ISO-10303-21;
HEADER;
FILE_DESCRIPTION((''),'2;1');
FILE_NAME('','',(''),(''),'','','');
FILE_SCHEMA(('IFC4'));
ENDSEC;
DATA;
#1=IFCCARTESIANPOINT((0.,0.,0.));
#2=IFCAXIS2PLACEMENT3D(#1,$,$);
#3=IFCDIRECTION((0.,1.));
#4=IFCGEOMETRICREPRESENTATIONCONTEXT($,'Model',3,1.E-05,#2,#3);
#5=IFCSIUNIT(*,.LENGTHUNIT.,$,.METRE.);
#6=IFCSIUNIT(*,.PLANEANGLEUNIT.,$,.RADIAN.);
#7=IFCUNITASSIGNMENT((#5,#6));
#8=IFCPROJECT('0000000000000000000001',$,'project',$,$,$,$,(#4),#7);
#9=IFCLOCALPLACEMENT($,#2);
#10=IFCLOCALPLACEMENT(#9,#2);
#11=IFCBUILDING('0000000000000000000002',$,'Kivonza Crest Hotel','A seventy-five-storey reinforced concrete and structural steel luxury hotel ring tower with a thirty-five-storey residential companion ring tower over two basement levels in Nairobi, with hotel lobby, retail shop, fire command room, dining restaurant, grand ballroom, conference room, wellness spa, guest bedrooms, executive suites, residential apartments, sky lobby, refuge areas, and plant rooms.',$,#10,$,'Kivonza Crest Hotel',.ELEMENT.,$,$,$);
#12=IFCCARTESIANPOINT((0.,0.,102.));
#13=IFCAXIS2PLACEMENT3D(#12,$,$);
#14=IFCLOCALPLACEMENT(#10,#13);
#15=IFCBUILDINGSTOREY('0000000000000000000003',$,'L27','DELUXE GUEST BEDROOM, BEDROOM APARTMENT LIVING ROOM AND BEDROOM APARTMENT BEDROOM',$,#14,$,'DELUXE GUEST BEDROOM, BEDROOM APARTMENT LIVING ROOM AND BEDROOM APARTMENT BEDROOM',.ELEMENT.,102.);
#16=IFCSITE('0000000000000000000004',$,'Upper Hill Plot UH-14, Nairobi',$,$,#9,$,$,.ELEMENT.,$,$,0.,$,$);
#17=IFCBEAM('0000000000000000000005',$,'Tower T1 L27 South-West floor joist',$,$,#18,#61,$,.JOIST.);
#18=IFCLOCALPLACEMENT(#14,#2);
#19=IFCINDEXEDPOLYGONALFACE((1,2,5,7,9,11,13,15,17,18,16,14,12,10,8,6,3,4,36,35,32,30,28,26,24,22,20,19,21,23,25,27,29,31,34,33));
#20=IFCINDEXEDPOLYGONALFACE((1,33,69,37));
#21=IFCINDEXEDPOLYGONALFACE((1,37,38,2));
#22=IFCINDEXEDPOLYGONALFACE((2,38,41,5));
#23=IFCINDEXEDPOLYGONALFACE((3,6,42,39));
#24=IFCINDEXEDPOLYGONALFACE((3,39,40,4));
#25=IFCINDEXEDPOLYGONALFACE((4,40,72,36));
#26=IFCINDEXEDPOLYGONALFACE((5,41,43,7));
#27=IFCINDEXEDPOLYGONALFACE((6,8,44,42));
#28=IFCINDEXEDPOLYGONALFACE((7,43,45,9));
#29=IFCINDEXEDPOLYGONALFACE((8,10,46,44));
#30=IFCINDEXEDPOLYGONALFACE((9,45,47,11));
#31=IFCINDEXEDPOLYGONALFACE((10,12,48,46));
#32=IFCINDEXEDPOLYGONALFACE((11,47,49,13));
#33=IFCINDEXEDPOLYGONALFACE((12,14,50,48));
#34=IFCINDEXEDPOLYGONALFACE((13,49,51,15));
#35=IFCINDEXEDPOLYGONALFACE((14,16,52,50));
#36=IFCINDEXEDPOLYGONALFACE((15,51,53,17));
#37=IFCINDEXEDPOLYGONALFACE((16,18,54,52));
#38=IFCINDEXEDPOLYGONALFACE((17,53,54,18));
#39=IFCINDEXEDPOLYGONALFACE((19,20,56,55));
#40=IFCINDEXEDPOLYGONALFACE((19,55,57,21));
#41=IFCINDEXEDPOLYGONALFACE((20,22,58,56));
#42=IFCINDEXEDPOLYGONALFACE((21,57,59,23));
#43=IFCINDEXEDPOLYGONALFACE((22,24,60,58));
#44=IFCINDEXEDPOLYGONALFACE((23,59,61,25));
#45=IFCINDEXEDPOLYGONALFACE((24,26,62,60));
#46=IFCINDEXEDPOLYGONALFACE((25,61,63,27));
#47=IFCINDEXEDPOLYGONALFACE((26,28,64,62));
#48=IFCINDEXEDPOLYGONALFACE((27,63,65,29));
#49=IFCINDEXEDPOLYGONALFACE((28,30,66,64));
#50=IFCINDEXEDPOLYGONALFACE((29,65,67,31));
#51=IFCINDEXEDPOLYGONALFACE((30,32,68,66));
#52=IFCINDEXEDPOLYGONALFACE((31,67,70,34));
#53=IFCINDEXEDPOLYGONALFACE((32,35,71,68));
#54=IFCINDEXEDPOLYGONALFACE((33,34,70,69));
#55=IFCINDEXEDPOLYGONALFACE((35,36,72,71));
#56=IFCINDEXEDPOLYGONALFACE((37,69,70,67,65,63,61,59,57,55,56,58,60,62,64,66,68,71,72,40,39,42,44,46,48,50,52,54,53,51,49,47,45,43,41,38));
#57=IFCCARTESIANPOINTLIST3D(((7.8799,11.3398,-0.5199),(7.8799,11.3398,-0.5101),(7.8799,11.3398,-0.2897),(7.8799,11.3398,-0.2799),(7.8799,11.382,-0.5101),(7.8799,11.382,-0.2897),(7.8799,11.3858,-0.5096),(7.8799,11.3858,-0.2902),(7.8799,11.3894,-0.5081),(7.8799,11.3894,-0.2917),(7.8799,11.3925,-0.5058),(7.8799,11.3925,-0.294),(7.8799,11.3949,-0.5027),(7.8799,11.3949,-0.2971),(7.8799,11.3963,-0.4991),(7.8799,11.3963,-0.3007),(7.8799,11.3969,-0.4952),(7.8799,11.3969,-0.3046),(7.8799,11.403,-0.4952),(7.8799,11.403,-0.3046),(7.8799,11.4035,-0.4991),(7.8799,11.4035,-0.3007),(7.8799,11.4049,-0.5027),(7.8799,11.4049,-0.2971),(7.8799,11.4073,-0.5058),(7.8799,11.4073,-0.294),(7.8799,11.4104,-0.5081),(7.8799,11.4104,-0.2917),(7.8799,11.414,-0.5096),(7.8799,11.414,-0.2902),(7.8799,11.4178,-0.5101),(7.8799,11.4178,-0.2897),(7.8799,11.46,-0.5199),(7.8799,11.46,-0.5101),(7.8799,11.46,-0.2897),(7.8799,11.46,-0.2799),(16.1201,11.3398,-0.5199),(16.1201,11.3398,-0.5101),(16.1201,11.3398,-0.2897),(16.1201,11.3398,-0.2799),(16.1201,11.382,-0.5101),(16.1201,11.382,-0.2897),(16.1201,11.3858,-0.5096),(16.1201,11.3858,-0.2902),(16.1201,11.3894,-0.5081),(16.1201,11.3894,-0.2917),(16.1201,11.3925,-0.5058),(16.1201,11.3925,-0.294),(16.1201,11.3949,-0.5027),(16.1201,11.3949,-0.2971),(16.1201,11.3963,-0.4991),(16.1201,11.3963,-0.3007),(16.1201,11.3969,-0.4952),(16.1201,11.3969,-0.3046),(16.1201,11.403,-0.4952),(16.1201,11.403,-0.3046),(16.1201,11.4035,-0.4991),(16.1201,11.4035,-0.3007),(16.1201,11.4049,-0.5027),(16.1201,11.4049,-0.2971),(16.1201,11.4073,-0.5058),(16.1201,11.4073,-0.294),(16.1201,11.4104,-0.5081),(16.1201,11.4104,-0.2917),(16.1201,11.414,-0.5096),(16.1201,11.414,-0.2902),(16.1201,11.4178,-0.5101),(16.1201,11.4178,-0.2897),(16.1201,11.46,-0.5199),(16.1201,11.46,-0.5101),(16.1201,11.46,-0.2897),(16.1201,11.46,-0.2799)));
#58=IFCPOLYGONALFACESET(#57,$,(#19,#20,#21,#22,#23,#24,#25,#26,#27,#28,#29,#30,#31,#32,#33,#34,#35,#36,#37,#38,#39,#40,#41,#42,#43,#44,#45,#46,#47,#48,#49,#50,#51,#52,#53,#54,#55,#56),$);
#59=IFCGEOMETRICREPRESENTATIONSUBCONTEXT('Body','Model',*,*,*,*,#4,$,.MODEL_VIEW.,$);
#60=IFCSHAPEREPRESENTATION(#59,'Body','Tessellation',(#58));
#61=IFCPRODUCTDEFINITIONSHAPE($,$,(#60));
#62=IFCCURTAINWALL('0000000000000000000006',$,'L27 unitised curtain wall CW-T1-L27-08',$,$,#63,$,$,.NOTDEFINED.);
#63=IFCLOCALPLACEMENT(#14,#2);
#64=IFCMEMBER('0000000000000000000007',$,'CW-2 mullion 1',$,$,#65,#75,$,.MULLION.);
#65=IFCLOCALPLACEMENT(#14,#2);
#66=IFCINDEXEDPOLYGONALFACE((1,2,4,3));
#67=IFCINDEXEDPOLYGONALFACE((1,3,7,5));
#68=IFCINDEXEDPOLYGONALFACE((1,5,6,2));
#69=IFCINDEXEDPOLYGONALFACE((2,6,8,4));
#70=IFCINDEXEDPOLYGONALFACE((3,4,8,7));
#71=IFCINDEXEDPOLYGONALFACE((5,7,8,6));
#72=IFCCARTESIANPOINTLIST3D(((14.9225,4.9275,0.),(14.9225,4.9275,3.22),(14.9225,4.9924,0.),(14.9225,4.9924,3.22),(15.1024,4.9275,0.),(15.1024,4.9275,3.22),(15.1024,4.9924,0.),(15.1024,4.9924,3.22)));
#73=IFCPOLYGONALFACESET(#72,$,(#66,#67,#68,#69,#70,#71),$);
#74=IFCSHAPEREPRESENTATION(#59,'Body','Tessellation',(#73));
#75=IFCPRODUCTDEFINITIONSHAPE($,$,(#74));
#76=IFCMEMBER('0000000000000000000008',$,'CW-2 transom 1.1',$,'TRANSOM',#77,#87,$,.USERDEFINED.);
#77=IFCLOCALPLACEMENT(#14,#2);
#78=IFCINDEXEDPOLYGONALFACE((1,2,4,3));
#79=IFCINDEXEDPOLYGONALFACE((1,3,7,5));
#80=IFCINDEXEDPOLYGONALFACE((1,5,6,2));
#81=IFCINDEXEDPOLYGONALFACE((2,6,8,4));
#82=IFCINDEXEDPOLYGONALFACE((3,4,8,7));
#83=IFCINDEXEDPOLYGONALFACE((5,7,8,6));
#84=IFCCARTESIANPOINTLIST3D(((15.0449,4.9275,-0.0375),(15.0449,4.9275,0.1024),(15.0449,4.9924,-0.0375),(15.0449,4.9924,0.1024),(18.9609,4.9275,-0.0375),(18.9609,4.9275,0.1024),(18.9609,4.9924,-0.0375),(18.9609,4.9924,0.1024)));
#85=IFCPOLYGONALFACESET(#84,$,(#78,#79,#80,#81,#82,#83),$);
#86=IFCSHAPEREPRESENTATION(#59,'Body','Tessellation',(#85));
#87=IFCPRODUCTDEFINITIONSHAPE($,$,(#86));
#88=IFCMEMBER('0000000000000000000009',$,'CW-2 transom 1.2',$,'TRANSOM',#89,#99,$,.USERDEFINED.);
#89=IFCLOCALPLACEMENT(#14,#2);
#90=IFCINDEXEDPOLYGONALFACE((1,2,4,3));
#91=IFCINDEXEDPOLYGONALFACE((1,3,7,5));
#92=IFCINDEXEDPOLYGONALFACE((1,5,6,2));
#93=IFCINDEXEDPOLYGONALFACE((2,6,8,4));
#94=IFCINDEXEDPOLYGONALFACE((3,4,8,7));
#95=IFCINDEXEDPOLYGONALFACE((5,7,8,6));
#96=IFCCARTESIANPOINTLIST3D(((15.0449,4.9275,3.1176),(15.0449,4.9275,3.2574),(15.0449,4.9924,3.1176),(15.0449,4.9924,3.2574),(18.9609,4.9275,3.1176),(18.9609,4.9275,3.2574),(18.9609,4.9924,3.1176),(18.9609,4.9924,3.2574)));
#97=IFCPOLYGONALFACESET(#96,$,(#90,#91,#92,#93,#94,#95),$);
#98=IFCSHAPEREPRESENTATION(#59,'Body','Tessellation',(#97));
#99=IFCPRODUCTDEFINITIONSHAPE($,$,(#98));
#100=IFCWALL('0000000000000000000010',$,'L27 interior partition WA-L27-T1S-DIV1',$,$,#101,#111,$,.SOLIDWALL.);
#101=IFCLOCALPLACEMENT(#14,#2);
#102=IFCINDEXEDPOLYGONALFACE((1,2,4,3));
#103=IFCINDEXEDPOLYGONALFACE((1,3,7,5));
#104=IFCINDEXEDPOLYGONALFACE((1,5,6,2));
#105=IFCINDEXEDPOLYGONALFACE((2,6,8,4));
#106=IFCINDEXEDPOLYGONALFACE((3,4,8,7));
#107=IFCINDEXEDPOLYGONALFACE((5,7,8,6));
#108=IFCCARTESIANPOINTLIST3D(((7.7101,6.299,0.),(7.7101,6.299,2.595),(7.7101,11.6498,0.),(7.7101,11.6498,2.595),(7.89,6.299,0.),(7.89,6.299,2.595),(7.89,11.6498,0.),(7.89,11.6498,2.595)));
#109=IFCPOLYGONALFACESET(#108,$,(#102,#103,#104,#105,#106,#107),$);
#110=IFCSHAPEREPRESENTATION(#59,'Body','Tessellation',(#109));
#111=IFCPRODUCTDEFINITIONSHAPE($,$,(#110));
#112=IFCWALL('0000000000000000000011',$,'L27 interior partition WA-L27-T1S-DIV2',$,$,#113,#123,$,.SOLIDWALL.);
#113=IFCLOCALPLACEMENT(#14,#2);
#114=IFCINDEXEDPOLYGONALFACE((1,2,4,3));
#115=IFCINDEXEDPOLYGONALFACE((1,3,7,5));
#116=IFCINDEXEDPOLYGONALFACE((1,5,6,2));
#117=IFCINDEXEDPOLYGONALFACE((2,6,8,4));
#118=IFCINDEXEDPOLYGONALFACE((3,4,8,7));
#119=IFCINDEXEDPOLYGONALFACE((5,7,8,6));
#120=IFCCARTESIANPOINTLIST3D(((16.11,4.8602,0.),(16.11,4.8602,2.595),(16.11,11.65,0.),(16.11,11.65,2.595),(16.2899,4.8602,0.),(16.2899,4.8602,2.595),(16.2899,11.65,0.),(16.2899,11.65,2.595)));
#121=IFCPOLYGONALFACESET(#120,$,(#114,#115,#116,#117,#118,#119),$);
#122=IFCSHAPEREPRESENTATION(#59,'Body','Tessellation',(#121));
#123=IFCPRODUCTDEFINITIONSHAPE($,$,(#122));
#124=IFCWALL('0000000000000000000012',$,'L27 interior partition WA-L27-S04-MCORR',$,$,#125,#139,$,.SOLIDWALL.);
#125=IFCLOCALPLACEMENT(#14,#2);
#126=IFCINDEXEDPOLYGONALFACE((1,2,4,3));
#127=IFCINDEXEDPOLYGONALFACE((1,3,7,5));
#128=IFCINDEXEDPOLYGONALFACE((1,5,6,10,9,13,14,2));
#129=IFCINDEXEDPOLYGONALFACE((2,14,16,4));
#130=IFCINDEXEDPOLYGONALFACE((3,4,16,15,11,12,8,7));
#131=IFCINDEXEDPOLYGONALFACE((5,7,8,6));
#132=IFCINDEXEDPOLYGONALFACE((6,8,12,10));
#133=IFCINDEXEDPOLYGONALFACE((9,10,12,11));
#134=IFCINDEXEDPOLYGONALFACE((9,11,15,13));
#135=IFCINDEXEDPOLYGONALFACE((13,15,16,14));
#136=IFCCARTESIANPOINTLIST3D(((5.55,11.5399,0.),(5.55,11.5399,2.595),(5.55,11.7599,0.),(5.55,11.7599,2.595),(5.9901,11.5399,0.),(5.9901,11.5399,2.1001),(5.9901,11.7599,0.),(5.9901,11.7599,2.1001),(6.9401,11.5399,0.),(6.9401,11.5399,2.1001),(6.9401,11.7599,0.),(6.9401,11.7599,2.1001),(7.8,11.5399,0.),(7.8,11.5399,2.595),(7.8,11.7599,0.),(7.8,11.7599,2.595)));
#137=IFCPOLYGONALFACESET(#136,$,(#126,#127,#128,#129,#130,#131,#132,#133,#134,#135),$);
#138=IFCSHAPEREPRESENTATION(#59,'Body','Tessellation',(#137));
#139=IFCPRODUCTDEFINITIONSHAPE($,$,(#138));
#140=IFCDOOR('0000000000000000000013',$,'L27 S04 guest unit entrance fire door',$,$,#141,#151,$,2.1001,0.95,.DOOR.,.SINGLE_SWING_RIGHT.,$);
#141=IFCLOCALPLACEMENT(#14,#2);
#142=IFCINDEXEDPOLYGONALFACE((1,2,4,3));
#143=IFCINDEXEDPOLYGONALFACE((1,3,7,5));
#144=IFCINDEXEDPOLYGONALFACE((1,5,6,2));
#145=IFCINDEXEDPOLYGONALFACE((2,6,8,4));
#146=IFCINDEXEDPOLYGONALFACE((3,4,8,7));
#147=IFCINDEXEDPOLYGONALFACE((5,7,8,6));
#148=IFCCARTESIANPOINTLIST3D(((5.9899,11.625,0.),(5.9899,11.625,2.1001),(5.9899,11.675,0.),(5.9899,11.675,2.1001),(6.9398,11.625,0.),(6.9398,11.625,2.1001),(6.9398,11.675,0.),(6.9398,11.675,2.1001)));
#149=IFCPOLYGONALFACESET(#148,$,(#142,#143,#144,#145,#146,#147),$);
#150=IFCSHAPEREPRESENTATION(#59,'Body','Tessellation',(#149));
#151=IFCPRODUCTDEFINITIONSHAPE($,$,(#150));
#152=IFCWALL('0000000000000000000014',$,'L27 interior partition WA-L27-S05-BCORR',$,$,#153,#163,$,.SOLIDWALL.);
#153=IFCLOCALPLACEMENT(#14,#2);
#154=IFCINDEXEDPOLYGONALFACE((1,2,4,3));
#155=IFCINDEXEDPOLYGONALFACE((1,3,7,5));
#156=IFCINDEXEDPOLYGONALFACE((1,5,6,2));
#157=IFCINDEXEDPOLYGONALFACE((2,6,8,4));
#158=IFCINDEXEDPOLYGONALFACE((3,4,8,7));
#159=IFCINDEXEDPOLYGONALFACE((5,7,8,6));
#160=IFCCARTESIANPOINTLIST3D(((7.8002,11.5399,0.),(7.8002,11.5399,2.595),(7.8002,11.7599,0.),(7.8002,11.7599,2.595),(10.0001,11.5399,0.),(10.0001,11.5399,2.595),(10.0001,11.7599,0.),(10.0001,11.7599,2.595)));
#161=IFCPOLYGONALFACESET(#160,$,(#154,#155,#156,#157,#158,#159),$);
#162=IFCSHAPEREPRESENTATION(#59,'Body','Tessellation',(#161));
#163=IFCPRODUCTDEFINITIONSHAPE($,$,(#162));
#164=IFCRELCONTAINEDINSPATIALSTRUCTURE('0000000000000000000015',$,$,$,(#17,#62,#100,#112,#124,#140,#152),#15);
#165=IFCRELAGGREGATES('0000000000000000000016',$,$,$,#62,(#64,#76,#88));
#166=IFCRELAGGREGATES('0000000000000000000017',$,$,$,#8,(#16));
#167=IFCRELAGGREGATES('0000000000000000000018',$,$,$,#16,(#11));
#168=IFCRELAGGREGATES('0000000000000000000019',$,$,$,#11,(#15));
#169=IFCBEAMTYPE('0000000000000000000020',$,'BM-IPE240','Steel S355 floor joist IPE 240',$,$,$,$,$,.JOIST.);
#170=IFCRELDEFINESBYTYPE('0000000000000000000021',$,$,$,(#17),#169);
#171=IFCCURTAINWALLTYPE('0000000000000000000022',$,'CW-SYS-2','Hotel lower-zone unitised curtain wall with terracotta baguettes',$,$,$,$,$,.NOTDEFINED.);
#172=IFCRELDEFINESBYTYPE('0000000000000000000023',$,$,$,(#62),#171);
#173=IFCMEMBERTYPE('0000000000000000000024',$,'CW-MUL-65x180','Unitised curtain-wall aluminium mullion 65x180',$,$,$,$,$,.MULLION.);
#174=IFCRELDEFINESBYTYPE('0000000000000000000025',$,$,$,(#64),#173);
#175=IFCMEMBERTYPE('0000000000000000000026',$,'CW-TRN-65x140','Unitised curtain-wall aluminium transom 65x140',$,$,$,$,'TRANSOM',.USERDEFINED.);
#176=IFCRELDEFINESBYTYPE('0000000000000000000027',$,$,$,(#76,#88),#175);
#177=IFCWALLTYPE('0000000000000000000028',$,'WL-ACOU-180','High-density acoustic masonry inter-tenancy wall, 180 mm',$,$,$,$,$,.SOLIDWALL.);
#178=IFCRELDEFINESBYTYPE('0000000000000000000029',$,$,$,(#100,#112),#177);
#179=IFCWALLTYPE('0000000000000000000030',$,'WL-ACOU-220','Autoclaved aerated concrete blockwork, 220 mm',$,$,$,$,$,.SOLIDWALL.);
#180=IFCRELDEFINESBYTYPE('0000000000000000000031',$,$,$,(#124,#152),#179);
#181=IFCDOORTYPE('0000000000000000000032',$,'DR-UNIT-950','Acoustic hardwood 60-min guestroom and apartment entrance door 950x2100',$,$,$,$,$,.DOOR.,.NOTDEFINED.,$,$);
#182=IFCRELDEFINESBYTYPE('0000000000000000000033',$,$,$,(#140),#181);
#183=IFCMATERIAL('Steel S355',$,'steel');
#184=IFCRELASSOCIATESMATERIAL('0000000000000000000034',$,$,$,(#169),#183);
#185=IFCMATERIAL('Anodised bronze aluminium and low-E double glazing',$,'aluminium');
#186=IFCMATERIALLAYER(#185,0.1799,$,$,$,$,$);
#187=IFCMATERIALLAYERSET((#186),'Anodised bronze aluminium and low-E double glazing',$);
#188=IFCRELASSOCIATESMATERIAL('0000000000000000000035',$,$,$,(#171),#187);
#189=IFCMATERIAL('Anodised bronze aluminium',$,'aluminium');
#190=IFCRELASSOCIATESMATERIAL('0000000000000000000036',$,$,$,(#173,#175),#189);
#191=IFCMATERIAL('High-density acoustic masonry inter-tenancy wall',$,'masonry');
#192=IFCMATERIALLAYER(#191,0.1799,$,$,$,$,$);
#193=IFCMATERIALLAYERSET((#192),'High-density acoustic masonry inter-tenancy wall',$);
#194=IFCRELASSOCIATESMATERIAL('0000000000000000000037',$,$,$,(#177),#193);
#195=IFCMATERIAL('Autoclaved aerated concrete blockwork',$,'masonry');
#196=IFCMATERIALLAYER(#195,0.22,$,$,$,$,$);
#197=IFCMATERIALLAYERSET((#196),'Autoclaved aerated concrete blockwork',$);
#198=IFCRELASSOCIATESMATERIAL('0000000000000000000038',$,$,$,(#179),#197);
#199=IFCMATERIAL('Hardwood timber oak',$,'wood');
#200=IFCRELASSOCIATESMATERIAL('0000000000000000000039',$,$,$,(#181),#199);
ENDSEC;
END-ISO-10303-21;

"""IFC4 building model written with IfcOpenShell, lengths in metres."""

from ifc_helpers import new_model, si_unit, direction, frame, frame_2d, origin, origin_2d, place, context, subcontext, project, spatial, rectangle, i_section, extrude, material, layer, layer_set, material_profile, profile_set, type_object, element, fill, aggregate, save


model = new_model("IFC4")

# Units and contexts
model_context = context("Model", 3, precision=1e-05, world=origin(), true_north=direction((0.0, 1.0)))
body_context = subcontext(model_context, "Body", "Model", "MODEL_VIEW")
ifc_project = project(units=[si_unit("LENGTHUNIT", "METRE"), si_unit("PLANEANGLEUNIT", "RADIAN")], contexts=[model_context])

# Site, building, storey
site_placement = place(None, origin())
site = spatial("IfcSite", under=ifc_project, at=site_placement, Name="Upper Hill Plot UH-14, Nairobi", CompositionType="ELEMENT", RefElevation=0.0)
building_placement = place(site_placement, origin())
building = spatial("IfcBuilding", under=site, at=building_placement, Name="Kivonza Crest Hotel", Description="A seventy-five-storey reinforced concrete and structural steel luxury hotel ring tower with a thirty-five-storey residential companion ring tower over two basement levels in Nairobi, with hotel lobby, retail shop, fire command room, dining restaurant, grand ballroom, conference room, wellness spa, guest bedrooms, executive suites, residential apartments, sky lobby, refuge areas, and plant rooms.", LongName="Kivonza Crest Hotel", CompositionType="ELEMENT")
storey_placement = place(building_placement, frame((0.0, 0.0, 102.0)))
storey = spatial("IfcBuildingStorey", under=building, at=storey_placement, Name="L27", Description="DELUXE GUEST BEDROOM, BEDROOM APARTMENT LIVING ROOM AND BEDROOM APARTMENT BEDROOM", LongName="DELUXE GUEST BEDROOM, BEDROOM APARTMENT LIVING ROOM AND BEDROOM APARTMENT BEDROOM", CompositionType="ELEMENT", Elevation=102.0)

# Beam
ifc_material_1 = material(Name="Steel S355", Category="steel")
ifc_material_profile_1 = material_profile(ifc_material_1, i_section(OverallWidth=0.1201, OverallDepth=0.24, WebThickness=0.0061, FlangeThickness=0.0098, FilletRadius=0.0149, at=origin_2d()), Name="IPE 240")
ifc_profile_set_1 = profile_set([ifc_material_profile_1], Name="Steel S355")
beam_type_1 = type_object("IfcBeamType", Name="BM-IPE240", Description="Steel S355 floor joist IPE 240", PredefinedType="JOIST", material=ifc_profile_set_1)
beam_1_placement = place(storey_placement, frame((7.8799, 11.3999, -0.3999), z_axis=(1.0, 0.0, 0.0), x_axis=(0.0, 1.0, 0.0)))
element("IfcBeam", 1, at=beam_1_placement, inside=storey, type_object=beam_type_1, Name="Tower T1 L27 South-West floor joist", PredefinedType="JOIST", context=body_context, shape_type="SweptSolid", body=[
    extrude(i_section(OverallWidth=0.1201, OverallDepth=0.24, WebThickness=0.0061, FlangeThickness=0.0098, FilletRadius=0.0149, at=origin_2d()), origin(), (0.0, 0.0, 1.0), 8.2402),
])

# Curtain wall, members
ifc_material_2 = material(Name="Anodised bronze aluminium and low-E double glazing", Category="aluminium")
ifc_layer_1 = layer(ifc_material_2, 0.1799)
ifc_layer_set_1 = layer_set([ifc_layer_1], Name="Anodised bronze aluminium and low-E double glazing")
curtain_wall_type = type_object("IfcCurtainWallType", Name="CW-SYS-2", Description="Hotel lower-zone unitised curtain wall with terracotta baguettes", PredefinedType="NOTDEFINED", material=ifc_layer_set_1)
curtain_wall_placement = place(storey_placement, origin())
curtain_wall = element("IfcCurtainWall", 2, at=curtain_wall_placement, inside=storey, type_object=curtain_wall_type, Name="L27 unitised curtain wall CW-T1-L27-08", PredefinedType="NOTDEFINED")
ifc_material_3 = material(Name="Anodised bronze aluminium", Category="aluminium")
ifc_material_profile_2 = material_profile(ifc_material_3, rectangle(XDim=0.0649, YDim=0.1799, at=origin_2d()), Name="CW-M 65x180")
ifc_profile_set_2 = profile_set([ifc_material_profile_2], Name="Anodised bronze aluminium")
member_type_1 = type_object("IfcMemberType", Name="CW-MUL-65x180", Description="Unitised curtain-wall aluminium mullion 65x180", PredefinedType="MULLION", material=ifc_profile_set_2)
member_1_placement = place(storey_placement, frame((15.0125, 4.96, 0.0), z_axis=(0.0, 0.0, 1.0), x_axis=(0.0, 1.0, 0.0)))
member_1 = element("IfcMember", 3, at=member_1_placement, type_object=member_type_1, Name="CW-2 mullion 1", PredefinedType="MULLION", context=body_context, shape_type="SweptSolid", body=[
    extrude(rectangle(XDim=0.0649, YDim=0.1799, at=origin_2d()), origin(), (0.0, 0.0, 1.0), 3.22),
])
ifc_material_profile_3 = material_profile(ifc_material_3, rectangle(XDim=0.0649, YDim=0.1399, at=origin_2d()), Name="CW-T 65x140")
ifc_profile_set_3 = profile_set([ifc_material_profile_3], Name="Anodised bronze aluminium")
member_type_2 = type_object("IfcMemberType", Name="CW-TRN-65x140", Description="Unitised curtain-wall aluminium transom 65x140", ElementType="TRANSOM", PredefinedType="USERDEFINED", material=ifc_profile_set_3)
member_2_placement = place(storey_placement, frame((15.0449, 4.96, 0.0325), z_axis=(1.0, 0.0, 0.0), x_axis=(0.0, 1.0, 0.0)))
member_2 = element("IfcMember", 4, at=member_2_placement, type_object=member_type_2, Name="CW-2 transom 1.1", ObjectType="TRANSOM", PredefinedType="USERDEFINED", context=body_context, shape_type="SweptSolid", body=[
    extrude(rectangle(XDim=0.0649, YDim=0.1399, at=origin_2d()), origin(), (0.0, 0.0, 1.0), 3.916),
])
member_3_placement = place(storey_placement, frame((15.0449, 4.96, 3.1875), z_axis=(1.0, 0.0, 0.0), x_axis=(0.0, 1.0, 0.0)))
member_3 = element("IfcMember", 5, at=member_3_placement, type_object=member_type_2, Name="CW-2 transom 1.2", ObjectType="TRANSOM", PredefinedType="USERDEFINED", context=body_context, shape_type="SweptSolid", body=[
    extrude(rectangle(XDim=0.0649, YDim=0.1399, at=origin_2d()), origin(), (0.0, 0.0, 1.0), 3.916),
])
aggregate(curtain_wall, [member_1, member_2, member_3])

# Walls
ifc_material_4 = material(Name="High-density acoustic masonry inter-tenancy wall", Category="masonry")
ifc_layer_2 = layer(ifc_material_4, 0.1799)
ifc_layer_set_2 = layer_set([ifc_layer_2], Name="High-density acoustic masonry inter-tenancy wall")
wall_type_1 = type_object("IfcWallType", Name="WL-ACOU-180", Description="High-density acoustic masonry inter-tenancy wall, 180 mm", PredefinedType="SOLIDWALL", material=ifc_layer_set_2)
wall_1_placement = place(storey_placement, frame((7.8, 6.2991, 0.0), z_axis=(0.0, 0.0, 1.0), x_axis=(0.0, 1.0, 0.0)))
element("IfcWall", 6, at=wall_1_placement, inside=storey, type_object=wall_type_1, Name="L27 interior partition WA-L27-T1S-DIV1", PredefinedType="SOLIDWALL", context=body_context, shape_type="SweptSolid", body=[
    extrude(rectangle(XDim=5.3508, YDim=0.1799, at=frame_2d((2.6753, 0.0))), origin(), (0.0, 0.0, 1.0), 2.595),
])
wall_2_placement = place(storey_placement, frame((16.2, 4.8601, 0.0), z_axis=(0.0, 0.0, 1.0), x_axis=(0.0, 1.0, 0.0)))
element("IfcWall", 7, at=wall_2_placement, inside=storey, type_object=wall_type_1, Name="L27 interior partition WA-L27-T1S-DIV2", PredefinedType="SOLIDWALL", context=body_context, shape_type="SweptSolid", body=[
    extrude(rectangle(XDim=6.7898, YDim=0.1799, at=frame_2d((3.395, 0.0))), origin(), (0.0, 0.0, 1.0), 2.595),
])

# Wall, opening, door
ifc_material_5 = material(Name="Autoclaved aerated concrete blockwork", Category="masonry")
ifc_layer_3 = layer(ifc_material_5, 0.22)
ifc_layer_set_3 = layer_set([ifc_layer_3], Name="Autoclaved aerated concrete blockwork")
wall_type_2 = type_object("IfcWallType", Name="WL-ACOU-220", Description="Autoclaved aerated concrete blockwork, 220 mm", PredefinedType="SOLIDWALL", material=ifc_layer_set_3)
wall_3_placement = place(storey_placement, frame((5.55, 11.6499, 0.0), z_axis=(0.0, 0.0, 1.0), x_axis=(1.0, 0.0, 0.0)))
wall_3 = element("IfcWall", 8, at=wall_3_placement, inside=storey, type_object=wall_type_2, Name="L27 interior partition WA-L27-S04-MCORR", PredefinedType="SOLIDWALL", context=body_context, shape_type="SweptSolid", body=[
    extrude(rectangle(XDim=2.25, YDim=0.22, at=frame_2d((1.125, 0.0))), origin(), (0.0, 0.0, 1.0), 2.595),
])
opening_1_placement = place(wall_3_placement, frame((0.4399, 0.0, 0.0)))
opening_1 = element("IfcOpeningElement", 9, at=opening_1_placement, cuts=wall_3, PredefinedType="OPENING", context=body_context, shape_type="SweptSolid", body=[
    extrude(rectangle(XDim=0.95, YDim=2.1001, at=frame_2d((0.4751, 1.05))), frame((0.0, 0.1201, 0.0), z_axis=(0.0, -1.0, 0.0), x_axis=(1.0, 0.0, 0.0)), (0.0, 0.0, 1.0), 0.24),
])
ifc_material_6 = material(Name="Hardwood timber oak", Category="wood")
door_type_1 = type_object("IfcDoorType", Name="DR-UNIT-950", Description="Acoustic hardwood 60-min guestroom and apartment entrance door 950x2100", OperationType="NOTDEFINED", PredefinedType="DOOR", material=ifc_material_6)
door_1_placement = place(opening_1_placement, frame((0.95, 0.0, 0.0), z_axis=(0.0, 0.0, 1.0), x_axis=(-1.0, 0.0, 0.0)))
door_1 = element("IfcDoor", 10, at=door_1_placement, inside=storey, type_object=door_type_1, Name="L27 S04 guest unit entrance fire door", OperationType="SINGLE_SWING_RIGHT", OverallHeight=2.1001, OverallWidth=0.95, PredefinedType="DOOR", context=body_context, shape_type="SweptSolid", body=[
    extrude(rectangle(XDim=0.95, YDim=2.1001, at=frame_2d((0.4751, 1.05))), frame((0.0, 0.0249, 0.0), z_axis=(0.0, -1.0, 0.0), x_axis=(1.0, 0.0, 0.0)), (0.0, 0.0, 1.0), 0.05),
])
fill(opening_1, door_1)

# Wall
wall_4_placement = place(storey_placement, frame((7.8, 11.6499, 0.0), z_axis=(0.0, 0.0, 1.0), x_axis=(1.0, 0.0, 0.0)))
element("IfcWall", 11, at=wall_4_placement, inside=storey, type_object=wall_type_2, Name="L27 interior partition WA-L27-S05-BCORR", PredefinedType="SOLIDWALL", context=body_context, shape_type="SweptSolid", body=[
    extrude(rectangle(XDim=2.2, YDim=0.22, at=frame_2d((1.1001, 0.0))), origin(), (0.0, 0.0, 1.0), 2.595),
])

save(model, "model.ifc")
